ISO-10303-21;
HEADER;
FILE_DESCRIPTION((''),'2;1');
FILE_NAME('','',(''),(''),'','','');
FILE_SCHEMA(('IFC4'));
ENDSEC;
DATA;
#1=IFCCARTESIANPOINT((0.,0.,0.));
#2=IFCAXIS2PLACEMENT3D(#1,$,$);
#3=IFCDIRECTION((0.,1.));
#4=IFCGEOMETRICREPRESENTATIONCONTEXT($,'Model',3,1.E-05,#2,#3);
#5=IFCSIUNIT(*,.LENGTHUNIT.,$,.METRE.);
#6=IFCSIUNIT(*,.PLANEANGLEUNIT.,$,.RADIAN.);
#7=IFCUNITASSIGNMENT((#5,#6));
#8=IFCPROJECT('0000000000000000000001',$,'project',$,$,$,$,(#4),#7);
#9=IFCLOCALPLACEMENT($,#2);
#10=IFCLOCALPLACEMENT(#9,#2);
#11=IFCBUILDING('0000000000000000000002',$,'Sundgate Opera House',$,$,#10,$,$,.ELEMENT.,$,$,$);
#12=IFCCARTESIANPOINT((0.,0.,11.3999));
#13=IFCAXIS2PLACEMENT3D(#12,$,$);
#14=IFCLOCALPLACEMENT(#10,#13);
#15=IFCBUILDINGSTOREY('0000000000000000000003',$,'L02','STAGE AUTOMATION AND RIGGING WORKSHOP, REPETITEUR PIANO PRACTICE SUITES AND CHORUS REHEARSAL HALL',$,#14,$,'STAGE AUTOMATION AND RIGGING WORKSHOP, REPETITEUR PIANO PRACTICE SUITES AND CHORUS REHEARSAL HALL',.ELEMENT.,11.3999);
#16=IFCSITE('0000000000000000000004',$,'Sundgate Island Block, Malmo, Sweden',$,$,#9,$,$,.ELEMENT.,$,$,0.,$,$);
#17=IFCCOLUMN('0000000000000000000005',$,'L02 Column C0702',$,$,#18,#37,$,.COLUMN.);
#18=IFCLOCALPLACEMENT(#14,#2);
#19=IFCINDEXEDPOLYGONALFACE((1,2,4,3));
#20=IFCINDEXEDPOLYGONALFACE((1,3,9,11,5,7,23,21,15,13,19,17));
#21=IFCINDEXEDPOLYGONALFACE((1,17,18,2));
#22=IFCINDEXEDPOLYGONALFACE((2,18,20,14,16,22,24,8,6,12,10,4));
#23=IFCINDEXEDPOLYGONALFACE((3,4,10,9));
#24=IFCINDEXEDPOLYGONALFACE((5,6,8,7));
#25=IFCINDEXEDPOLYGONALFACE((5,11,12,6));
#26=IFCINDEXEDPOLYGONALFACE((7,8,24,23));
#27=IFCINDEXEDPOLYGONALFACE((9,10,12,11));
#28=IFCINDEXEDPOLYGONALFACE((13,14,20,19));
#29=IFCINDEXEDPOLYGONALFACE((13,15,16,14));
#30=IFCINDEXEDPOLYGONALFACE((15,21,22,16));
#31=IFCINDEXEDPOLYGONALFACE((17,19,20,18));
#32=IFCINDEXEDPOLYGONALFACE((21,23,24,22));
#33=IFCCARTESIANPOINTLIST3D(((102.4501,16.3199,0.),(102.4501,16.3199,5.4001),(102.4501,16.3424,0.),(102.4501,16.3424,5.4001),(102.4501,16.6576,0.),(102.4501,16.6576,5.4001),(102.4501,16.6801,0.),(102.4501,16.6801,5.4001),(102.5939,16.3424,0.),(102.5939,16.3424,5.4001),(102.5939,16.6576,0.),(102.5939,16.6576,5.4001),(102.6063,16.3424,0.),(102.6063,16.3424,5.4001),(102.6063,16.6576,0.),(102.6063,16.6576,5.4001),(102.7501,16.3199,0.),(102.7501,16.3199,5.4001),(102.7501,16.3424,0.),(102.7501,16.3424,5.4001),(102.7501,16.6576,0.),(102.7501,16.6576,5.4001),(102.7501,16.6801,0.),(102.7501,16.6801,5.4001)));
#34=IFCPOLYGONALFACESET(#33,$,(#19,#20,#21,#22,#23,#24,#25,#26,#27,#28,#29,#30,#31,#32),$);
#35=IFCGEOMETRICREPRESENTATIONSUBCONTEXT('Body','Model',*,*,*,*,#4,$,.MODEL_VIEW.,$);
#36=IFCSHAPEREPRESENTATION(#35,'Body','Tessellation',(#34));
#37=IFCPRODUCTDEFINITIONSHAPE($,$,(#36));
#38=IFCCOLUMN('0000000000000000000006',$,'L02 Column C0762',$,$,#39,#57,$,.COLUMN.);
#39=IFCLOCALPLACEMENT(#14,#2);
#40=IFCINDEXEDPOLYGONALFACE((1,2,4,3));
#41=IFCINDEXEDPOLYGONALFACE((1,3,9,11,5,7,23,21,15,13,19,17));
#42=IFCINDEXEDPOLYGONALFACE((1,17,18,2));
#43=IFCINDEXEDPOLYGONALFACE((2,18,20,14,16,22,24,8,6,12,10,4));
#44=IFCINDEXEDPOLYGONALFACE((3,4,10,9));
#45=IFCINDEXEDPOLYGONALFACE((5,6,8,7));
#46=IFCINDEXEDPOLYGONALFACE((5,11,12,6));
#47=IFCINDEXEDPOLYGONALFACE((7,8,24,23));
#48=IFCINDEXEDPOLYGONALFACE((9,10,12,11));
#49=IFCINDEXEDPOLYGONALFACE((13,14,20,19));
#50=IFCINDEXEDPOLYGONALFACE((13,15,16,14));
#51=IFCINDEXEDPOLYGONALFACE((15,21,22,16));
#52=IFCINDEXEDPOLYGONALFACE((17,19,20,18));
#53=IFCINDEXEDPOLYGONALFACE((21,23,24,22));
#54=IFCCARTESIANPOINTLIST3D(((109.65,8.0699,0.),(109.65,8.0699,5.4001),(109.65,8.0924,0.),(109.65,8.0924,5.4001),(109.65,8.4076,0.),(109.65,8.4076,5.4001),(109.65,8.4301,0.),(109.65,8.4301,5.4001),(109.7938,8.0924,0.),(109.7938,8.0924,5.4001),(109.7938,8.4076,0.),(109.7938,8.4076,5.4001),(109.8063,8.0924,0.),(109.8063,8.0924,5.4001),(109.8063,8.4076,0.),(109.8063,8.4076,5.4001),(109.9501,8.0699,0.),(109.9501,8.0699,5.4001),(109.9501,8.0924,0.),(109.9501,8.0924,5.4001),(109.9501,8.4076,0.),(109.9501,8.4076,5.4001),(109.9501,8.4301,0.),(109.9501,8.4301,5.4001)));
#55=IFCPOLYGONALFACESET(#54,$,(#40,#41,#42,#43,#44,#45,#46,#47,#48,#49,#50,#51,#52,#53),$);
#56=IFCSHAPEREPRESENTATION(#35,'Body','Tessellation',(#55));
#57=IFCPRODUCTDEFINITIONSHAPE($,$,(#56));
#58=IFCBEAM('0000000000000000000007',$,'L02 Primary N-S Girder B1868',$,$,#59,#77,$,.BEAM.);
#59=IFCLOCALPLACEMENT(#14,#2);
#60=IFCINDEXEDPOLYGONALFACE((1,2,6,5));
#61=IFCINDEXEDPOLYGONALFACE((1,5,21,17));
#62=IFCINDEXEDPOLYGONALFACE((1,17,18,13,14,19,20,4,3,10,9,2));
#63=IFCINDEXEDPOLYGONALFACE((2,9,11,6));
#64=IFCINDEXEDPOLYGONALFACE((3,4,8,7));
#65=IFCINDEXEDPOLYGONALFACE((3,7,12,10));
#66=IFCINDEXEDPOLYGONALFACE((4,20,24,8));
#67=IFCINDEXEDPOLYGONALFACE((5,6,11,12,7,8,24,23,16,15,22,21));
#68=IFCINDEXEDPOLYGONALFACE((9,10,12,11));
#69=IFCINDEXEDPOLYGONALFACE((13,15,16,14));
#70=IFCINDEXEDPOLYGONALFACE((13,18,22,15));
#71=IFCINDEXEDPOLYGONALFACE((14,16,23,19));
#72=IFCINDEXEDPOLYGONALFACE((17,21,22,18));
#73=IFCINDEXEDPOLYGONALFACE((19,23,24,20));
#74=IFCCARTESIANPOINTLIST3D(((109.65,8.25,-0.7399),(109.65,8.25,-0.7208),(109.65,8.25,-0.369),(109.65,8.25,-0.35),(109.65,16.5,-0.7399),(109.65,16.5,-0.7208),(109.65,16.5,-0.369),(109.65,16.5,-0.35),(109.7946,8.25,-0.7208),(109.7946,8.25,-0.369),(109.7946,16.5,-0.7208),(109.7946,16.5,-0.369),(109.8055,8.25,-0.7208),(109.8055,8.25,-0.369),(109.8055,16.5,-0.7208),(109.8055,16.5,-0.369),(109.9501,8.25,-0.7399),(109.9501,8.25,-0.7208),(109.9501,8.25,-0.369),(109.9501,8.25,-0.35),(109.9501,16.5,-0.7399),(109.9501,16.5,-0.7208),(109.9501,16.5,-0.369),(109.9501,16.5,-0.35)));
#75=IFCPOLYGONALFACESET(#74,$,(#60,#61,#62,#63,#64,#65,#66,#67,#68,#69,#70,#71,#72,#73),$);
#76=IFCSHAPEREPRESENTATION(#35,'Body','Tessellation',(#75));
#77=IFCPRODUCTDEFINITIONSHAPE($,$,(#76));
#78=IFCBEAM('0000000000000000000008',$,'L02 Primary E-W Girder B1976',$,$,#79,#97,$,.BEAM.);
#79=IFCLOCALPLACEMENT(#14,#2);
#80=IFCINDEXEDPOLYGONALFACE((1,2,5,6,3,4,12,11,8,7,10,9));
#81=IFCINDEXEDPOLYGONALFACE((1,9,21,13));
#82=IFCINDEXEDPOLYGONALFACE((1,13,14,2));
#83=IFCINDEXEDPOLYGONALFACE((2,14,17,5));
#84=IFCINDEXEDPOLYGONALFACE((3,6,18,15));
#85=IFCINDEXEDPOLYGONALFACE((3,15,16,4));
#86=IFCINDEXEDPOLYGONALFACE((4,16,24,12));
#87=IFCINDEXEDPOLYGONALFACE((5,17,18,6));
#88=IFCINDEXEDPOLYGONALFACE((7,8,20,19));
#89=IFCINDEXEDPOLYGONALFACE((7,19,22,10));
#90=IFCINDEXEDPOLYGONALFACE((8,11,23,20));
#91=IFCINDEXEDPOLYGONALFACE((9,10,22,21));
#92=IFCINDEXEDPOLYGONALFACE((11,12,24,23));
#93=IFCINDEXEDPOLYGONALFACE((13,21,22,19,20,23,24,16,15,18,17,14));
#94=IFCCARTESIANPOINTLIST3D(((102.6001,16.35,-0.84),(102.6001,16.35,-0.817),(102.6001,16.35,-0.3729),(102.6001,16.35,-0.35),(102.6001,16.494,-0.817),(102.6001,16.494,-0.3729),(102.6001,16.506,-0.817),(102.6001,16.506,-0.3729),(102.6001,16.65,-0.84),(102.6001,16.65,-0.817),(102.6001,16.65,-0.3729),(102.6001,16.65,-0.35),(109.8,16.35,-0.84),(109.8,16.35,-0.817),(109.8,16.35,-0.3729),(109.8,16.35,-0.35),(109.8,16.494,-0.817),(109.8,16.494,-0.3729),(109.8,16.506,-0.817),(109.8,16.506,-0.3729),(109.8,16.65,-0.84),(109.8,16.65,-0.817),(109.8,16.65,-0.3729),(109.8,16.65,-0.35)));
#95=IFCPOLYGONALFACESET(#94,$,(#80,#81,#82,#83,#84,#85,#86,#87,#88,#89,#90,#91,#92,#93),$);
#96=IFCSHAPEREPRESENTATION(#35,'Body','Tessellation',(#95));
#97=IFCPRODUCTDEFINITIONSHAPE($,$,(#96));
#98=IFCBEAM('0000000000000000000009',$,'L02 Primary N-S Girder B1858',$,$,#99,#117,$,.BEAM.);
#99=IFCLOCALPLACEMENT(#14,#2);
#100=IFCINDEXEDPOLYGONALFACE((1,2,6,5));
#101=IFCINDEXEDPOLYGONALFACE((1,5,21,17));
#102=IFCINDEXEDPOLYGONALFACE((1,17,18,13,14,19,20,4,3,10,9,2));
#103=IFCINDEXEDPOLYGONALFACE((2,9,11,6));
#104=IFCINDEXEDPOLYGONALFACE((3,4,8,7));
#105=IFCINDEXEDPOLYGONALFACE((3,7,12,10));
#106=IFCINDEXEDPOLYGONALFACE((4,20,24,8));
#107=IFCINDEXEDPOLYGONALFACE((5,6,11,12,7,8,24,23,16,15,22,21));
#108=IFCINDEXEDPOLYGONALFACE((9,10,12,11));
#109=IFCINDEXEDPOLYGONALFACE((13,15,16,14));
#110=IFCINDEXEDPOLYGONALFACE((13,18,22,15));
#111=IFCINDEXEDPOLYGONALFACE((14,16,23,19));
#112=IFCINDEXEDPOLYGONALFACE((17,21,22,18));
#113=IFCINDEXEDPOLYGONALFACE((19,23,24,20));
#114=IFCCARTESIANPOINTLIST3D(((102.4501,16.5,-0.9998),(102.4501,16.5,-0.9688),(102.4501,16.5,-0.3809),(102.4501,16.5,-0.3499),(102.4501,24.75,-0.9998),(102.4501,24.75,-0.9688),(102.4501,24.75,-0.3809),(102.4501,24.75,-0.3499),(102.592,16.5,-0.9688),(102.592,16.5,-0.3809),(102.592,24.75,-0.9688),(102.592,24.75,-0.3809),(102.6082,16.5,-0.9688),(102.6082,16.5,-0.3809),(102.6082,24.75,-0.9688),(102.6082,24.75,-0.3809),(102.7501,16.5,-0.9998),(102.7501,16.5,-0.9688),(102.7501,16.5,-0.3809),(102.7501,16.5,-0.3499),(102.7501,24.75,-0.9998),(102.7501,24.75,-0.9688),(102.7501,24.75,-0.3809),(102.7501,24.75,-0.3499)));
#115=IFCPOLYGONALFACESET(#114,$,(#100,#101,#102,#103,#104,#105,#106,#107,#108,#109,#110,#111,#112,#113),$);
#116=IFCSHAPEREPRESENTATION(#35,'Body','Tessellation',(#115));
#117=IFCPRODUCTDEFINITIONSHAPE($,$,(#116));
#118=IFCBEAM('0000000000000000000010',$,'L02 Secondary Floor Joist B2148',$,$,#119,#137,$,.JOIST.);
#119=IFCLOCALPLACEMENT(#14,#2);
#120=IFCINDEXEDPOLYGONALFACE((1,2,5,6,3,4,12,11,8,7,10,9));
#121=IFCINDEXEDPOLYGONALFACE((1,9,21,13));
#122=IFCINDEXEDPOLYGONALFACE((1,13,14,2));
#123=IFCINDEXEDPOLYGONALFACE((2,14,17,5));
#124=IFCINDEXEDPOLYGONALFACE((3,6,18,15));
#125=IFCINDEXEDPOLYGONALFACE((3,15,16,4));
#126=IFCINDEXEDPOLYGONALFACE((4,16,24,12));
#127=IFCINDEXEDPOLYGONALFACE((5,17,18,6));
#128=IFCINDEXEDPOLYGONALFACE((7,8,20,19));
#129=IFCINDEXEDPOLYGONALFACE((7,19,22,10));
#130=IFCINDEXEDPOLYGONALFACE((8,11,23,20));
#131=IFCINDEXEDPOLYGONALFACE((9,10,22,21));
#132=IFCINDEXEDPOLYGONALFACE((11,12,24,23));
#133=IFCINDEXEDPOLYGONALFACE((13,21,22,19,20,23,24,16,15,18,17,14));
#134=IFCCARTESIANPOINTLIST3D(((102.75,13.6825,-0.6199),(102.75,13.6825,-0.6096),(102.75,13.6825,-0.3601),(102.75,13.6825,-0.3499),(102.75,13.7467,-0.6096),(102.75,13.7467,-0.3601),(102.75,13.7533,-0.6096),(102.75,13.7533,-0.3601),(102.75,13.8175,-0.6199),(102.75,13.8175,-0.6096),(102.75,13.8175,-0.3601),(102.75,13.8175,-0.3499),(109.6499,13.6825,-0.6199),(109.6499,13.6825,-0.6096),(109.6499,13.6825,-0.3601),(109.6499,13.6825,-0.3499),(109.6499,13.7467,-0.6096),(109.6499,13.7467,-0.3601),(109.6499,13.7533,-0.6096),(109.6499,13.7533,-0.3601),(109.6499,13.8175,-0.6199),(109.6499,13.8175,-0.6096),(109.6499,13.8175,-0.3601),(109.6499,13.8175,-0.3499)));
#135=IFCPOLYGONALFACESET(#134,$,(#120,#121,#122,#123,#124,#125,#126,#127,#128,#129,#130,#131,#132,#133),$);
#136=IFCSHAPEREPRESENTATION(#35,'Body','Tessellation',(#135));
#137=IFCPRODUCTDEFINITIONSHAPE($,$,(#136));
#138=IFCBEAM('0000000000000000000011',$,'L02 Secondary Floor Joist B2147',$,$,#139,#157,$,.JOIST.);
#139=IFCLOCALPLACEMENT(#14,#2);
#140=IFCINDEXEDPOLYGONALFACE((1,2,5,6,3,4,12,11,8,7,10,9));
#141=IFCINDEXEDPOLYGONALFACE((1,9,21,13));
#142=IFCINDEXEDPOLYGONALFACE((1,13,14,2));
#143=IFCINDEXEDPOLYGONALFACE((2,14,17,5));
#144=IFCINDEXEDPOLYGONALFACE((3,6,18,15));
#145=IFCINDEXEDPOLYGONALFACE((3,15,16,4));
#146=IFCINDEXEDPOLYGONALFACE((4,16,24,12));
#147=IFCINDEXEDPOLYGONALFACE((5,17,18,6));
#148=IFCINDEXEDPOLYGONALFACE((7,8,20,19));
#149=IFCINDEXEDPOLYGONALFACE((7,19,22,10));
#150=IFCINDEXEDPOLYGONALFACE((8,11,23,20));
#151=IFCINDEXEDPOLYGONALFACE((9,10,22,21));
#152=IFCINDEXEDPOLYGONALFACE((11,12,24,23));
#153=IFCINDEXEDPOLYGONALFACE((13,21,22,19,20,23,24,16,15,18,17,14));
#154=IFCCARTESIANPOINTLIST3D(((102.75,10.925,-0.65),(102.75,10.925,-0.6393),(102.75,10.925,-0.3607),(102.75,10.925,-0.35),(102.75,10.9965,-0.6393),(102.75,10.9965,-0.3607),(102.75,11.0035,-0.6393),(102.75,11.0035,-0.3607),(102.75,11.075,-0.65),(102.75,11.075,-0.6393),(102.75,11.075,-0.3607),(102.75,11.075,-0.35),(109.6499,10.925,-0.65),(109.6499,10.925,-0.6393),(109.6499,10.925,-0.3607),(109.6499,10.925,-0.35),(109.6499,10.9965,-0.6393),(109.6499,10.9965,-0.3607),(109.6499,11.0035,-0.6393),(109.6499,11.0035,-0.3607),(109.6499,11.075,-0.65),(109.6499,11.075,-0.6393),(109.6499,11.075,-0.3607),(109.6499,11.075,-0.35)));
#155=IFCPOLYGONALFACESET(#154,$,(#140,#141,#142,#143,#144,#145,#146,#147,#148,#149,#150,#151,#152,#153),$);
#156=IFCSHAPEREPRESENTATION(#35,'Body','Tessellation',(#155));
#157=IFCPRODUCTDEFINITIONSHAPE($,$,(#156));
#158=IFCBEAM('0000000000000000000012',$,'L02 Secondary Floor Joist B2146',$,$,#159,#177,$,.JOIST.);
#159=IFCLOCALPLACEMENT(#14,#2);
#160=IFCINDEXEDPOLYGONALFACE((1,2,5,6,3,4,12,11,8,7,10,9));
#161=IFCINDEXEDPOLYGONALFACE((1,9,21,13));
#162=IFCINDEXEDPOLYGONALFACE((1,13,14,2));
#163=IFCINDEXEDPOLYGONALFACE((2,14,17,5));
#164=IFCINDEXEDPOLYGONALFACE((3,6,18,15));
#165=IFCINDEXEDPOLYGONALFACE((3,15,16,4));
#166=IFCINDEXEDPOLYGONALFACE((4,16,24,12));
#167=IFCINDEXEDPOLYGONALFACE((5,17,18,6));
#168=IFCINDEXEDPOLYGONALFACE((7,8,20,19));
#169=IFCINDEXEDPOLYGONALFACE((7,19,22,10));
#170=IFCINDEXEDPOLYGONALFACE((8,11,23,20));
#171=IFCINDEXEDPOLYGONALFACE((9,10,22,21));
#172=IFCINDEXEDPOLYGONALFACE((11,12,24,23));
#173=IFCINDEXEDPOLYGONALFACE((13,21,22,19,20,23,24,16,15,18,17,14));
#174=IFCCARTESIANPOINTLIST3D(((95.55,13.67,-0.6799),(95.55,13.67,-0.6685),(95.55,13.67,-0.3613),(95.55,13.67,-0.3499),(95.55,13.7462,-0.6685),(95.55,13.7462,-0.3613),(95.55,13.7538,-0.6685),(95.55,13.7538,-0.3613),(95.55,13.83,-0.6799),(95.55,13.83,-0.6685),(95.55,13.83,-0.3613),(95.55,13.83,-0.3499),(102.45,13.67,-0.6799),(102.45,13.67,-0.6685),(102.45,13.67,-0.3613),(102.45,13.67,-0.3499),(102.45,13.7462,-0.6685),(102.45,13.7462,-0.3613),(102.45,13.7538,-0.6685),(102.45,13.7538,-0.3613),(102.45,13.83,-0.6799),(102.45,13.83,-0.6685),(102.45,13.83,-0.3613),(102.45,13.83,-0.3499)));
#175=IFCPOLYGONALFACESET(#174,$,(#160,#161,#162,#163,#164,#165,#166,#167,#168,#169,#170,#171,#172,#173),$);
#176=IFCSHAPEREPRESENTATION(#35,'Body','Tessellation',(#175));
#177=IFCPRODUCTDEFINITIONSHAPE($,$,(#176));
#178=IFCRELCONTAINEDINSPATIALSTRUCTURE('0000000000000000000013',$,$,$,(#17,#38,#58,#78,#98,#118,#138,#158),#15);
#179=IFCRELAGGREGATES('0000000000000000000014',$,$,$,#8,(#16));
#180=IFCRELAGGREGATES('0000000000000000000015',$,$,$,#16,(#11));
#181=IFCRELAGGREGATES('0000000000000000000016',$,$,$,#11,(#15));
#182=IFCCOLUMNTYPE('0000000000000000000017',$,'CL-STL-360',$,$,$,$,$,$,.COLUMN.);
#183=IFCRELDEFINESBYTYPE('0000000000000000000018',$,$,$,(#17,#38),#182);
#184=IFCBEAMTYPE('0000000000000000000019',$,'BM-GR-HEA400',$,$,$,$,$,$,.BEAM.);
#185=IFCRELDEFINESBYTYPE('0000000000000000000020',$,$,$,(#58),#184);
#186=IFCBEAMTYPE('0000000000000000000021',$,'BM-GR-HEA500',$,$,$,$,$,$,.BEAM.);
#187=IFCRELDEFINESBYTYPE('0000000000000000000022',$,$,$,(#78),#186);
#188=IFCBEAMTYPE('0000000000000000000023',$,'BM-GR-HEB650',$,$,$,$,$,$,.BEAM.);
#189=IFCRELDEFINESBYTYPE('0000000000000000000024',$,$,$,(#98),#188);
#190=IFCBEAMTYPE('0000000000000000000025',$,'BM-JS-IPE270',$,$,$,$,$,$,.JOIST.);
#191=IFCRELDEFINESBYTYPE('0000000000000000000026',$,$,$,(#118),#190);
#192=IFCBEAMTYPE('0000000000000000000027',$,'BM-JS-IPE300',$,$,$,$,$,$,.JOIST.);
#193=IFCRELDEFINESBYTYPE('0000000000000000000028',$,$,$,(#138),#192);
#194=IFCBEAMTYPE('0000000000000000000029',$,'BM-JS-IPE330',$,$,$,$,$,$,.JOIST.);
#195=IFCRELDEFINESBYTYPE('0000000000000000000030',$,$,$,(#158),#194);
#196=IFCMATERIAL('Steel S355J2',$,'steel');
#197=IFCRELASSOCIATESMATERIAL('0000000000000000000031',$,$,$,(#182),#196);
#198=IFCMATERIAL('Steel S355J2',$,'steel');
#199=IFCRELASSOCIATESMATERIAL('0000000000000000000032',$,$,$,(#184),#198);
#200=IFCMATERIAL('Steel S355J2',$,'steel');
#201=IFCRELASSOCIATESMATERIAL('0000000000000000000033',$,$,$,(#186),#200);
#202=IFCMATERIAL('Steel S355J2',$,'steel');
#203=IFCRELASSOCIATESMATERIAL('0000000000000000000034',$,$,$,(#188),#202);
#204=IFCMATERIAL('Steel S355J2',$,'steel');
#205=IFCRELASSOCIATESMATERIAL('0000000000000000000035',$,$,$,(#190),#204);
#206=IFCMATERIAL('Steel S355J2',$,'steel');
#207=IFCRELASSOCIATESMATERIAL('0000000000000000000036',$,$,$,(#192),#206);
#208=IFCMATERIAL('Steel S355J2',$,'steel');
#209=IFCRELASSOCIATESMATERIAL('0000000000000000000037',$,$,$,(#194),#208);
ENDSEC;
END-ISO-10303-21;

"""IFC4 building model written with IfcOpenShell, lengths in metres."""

from ifc_helpers import new_model, si_unit, direction, frame, origin, origin_2d, place, context, subcontext, project, spatial, i_section, extrude, material, material_profile, profile_set, type_object, element, save


model = new_model("IFC4")

# Units and contexts
model_context = context("Model", 3, precision=1e-05, world=origin(), true_north=direction((0.0, 1.0)))
body_context = subcontext(model_context, "Body", "Model", "MODEL_VIEW")
ifc_project = project(units=[si_unit("LENGTHUNIT", "METRE"), si_unit("PLANEANGLEUNIT", "RADIAN")], contexts=[model_context])

# Site, building, storey
site_placement = place(None, origin())
site = spatial("IfcSite", under=ifc_project, at=site_placement, Name="Sundgate Island Block, Malmo, Sweden", CompositionType="ELEMENT", RefElevation=0.0)
building_placement = place(site_placement, origin())
building = spatial("IfcBuilding", under=site, at=building_placement, Name="Sundgate Opera House", CompositionType="ELEMENT")
storey_placement = place(building_placement, frame((0.0, 0.0, 11.3999)))
storey = spatial("IfcBuildingStorey", under=building, at=storey_placement, Name="L02", Description="STAGE AUTOMATION AND RIGGING WORKSHOP, REPETITEUR PIANO PRACTICE SUITES AND CHORUS REHEARSAL HALL", LongName="STAGE AUTOMATION AND RIGGING WORKSHOP, REPETITEUR PIANO PRACTICE SUITES AND CHORUS REHEARSAL HALL", CompositionType="ELEMENT", Elevation=11.3999)

# Columns
ifc_material_1 = material(Name="Steel S355J2", Category="steel")
ifc_material_profile_1 = material_profile(ifc_material_1, i_section(OverallWidth=0.3, OverallDepth=0.3601, WebThickness=0.0125, FlangeThickness=0.0225, at=origin_2d()), Name="HEB 360")
ifc_profile_set_1 = profile_set([ifc_material_profile_1], Name="Steel S355J2")
column_type = type_object("IfcColumnType", Name="CL-STL-360", PredefinedType="COLUMN", material=ifc_profile_set_1)
for number, where, z_axis, x_axis, name in (
    (1, (102.6001, 16.5, 0.0), (0.0, 0.0, 1.0), (1.0, 0.0, 0.0), "L02 Column C0702"),
    (2, (109.8, 8.25, 0.0), (0.0, 0.0, 1.0), (1.0, 0.0, 0.0), "L02 Column C0762"),
):
    element("IfcColumn", number, at=place(storey_placement, frame(where, z_axis=z_axis, x_axis=x_axis)), inside=storey, type_object=column_type, Name=name, PredefinedType="COLUMN", context=body_context, shape_type="SweptSolid", body=[
        extrude(i_section(OverallWidth=0.3, OverallDepth=0.3601, WebThickness=0.0125, FlangeThickness=0.0225, at=origin_2d()), origin(), (0.0, 0.0, 1.0), 5.4001),
    ])

# Beams
ifc_material_2 = material(Name="Steel S355J2", Category="steel")
ifc_material_profile_2 = material_profile(ifc_material_2, i_section(OverallWidth=0.3, OverallDepth=0.3899, WebThickness=0.011, FlangeThickness=0.019, at=origin_2d()), Name="HEA 400")
ifc_profile_set_2 = profile_set([ifc_material_profile_2], Name="Steel S355J2")
beam_type_1 = type_object("IfcBeamType", Name="BM-GR-HEA400", PredefinedType="BEAM", material=ifc_profile_set_2)
beam_1_placement = place(storey_placement, frame((109.8, 8.25, -0.5449), z_axis=(0.0, 1.0, 0.0), x_axis=(-1.0, 0.0, 0.0)))
element("IfcBeam", 3, at=beam_1_placement, inside=storey, type_object=beam_type_1, Name="L02 Primary N-S Girder B1868", PredefinedType="BEAM", context=body_context, shape_type="SweptSolid", body=[
    extrude(i_section(OverallWidth=0.3, OverallDepth=0.3899, WebThickness=0.011, FlangeThickness=0.019, at=origin_2d()), origin(), (0.0, 0.0, 1.0), 8.25),
])
ifc_material_3 = material(Name="Steel S355J2", Category="steel")
ifc_material_profile_3 = material_profile(ifc_material_3, i_section(OverallWidth=0.3, OverallDepth=0.49, WebThickness=0.012, FlangeThickness=0.0229, at=origin_2d()), Name="HEA 500")
ifc_profile_set_3 = profile_set([ifc_material_profile_3], Name="Steel S355J2")
beam_type_2 = type_object("IfcBeamType", Name="BM-GR-HEA500", PredefinedType="BEAM", material=ifc_profile_set_3)
beam_2_placement = place(storey_placement, frame((102.6001, 16.5, -0.595), z_axis=(1.0, 0.0, 0.0), x_axis=(0.0, 1.0, 0.0)))
element("IfcBeam", 4, at=beam_2_placement, inside=storey, type_object=beam_type_2, Name="L02 Primary E-W Girder B1976", PredefinedType="BEAM", context=body_context, shape_type="SweptSolid", body=[
    extrude(i_section(OverallWidth=0.3, OverallDepth=0.49, WebThickness=0.012, FlangeThickness=0.0229, at=origin_2d()), origin(), (0.0, 0.0, 1.0), 7.2),
])
ifc_material_4 = material(Name="Steel S355J2", Category="steel")
ifc_material_profile_4 = material_profile(ifc_material_4, i_section(OverallWidth=0.3, OverallDepth=0.6499, WebThickness=0.0161, FlangeThickness=0.031, at=origin_2d()), Name="HEB 650")
ifc_profile_set_4 = profile_set([ifc_material_profile_4], Name="Steel S355J2")
beam_type_3 = type_object("IfcBeamType", Name="BM-GR-HEB650", PredefinedType="BEAM", material=ifc_profile_set_4)
beam_3_placement = place(storey_placement, frame((102.6001, 16.5, -0.6748), z_axis=(0.0, 1.0, 0.0), x_axis=(-1.0, 0.0, 0.0)))
element("IfcBeam", 5, at=beam_3_placement, inside=storey, type_object=beam_type_3, Name="L02 Primary N-S Girder B1858", PredefinedType="BEAM", context=body_context, shape_type="SweptSolid", body=[
    extrude(i_section(OverallWidth=0.3, OverallDepth=0.6499, WebThickness=0.0161, FlangeThickness=0.031, at=origin_2d()), origin(), (0.0, 0.0, 1.0), 8.25),
])
ifc_material_5 = material(Name="Steel S355J2", Category="steel")
ifc_material_profile_5 = material_profile(ifc_material_5, i_section(OverallWidth=0.135, OverallDepth=0.27, WebThickness=0.0066, FlangeThickness=0.0103, at=origin_2d()), Name="IPE 270")
ifc_profile_set_5 = profile_set([ifc_material_profile_5], Name="Steel S355J2")
beam_type_4 = type_object("IfcBeamType", Name="BM-JS-IPE270", PredefinedType="JOIST", material=ifc_profile_set_5)
beam_4_placement = place(storey_placement, frame((102.75, 13.75, -0.4849), z_axis=(1.0, 0.0, 0.0), x_axis=(0.0, 1.0, 0.0)))
element("IfcBeam", 6, at=beam_4_placement, inside=storey, type_object=beam_type_4, Name="L02 Secondary Floor Joist B2148", PredefinedType="JOIST", context=body_context, shape_type="SweptSolid", body=[
    extrude(i_section(OverallWidth=0.135, OverallDepth=0.27, WebThickness=0.0066, FlangeThickness=0.0103, at=origin_2d()), origin(), (0.0, 0.0, 1.0), 6.8999),
])
ifc_material_6 = material(Name="Steel S355J2", Category="steel")
ifc_material_profile_6 = material_profile(ifc_material_6, i_section(OverallWidth=0.1499, OverallDepth=0.3, WebThickness=0.0071, FlangeThickness=0.0107, at=origin_2d()), Name="IPE 300")
ifc_profile_set_6 = profile_set([ifc_material_profile_6], Name="Steel S355J2")
beam_type_5 = type_object("IfcBeamType", Name="BM-JS-IPE300", PredefinedType="JOIST", material=ifc_profile_set_6)
beam_5_placement = place(storey_placement, frame((102.75, 11.0, -0.5), z_axis=(1.0, 0.0, 0.0), x_axis=(0.0, 1.0, 0.0)))
element("IfcBeam", 7, at=beam_5_placement, inside=storey, type_object=beam_type_5, Name="L02 Secondary Floor Joist B2147", PredefinedType="JOIST", context=body_context, shape_type="SweptSolid", body=[
    extrude(i_section(OverallWidth=0.1499, OverallDepth=0.3, WebThickness=0.0071, FlangeThickness=0.0107, at=origin_2d()), origin(), (0.0, 0.0, 1.0), 6.8999),
])
ifc_material_7 = material(Name="Steel S355J2", Category="steel")
ifc_material_profile_7 = material_profile(ifc_material_7, i_section(OverallWidth=0.1599, OverallDepth=0.3301, WebThickness=0.0076, FlangeThickness=0.0115, at=origin_2d()), Name="IPE 330")
ifc_profile_set_7 = profile_set([ifc_material_profile_7], Name="Steel S355J2")
beam_type_6 = type_object("IfcBeamType", Name="BM-JS-IPE330", PredefinedType="JOIST", material=ifc_profile_set_7)
beam_6_placement = place(storey_placement, frame((95.55, 13.75, -0.5149), z_axis=(1.0, 0.0, 0.0), x_axis=(0.0, 1.0, 0.0)))
element("IfcBeam", 8, at=beam_6_placement, inside=storey, type_object=beam_type_6, Name="L02 Secondary Floor Joist B2146", PredefinedType="JOIST", context=body_context, shape_type="SweptSolid", body=[
    extrude(i_section(OverallWidth=0.1599, OverallDepth=0.3301, WebThickness=0.0076, FlangeThickness=0.0115, at=origin_2d()), origin(), (0.0, 0.0, 1.0), 6.8999),
])

save(model, "model.ifc")
